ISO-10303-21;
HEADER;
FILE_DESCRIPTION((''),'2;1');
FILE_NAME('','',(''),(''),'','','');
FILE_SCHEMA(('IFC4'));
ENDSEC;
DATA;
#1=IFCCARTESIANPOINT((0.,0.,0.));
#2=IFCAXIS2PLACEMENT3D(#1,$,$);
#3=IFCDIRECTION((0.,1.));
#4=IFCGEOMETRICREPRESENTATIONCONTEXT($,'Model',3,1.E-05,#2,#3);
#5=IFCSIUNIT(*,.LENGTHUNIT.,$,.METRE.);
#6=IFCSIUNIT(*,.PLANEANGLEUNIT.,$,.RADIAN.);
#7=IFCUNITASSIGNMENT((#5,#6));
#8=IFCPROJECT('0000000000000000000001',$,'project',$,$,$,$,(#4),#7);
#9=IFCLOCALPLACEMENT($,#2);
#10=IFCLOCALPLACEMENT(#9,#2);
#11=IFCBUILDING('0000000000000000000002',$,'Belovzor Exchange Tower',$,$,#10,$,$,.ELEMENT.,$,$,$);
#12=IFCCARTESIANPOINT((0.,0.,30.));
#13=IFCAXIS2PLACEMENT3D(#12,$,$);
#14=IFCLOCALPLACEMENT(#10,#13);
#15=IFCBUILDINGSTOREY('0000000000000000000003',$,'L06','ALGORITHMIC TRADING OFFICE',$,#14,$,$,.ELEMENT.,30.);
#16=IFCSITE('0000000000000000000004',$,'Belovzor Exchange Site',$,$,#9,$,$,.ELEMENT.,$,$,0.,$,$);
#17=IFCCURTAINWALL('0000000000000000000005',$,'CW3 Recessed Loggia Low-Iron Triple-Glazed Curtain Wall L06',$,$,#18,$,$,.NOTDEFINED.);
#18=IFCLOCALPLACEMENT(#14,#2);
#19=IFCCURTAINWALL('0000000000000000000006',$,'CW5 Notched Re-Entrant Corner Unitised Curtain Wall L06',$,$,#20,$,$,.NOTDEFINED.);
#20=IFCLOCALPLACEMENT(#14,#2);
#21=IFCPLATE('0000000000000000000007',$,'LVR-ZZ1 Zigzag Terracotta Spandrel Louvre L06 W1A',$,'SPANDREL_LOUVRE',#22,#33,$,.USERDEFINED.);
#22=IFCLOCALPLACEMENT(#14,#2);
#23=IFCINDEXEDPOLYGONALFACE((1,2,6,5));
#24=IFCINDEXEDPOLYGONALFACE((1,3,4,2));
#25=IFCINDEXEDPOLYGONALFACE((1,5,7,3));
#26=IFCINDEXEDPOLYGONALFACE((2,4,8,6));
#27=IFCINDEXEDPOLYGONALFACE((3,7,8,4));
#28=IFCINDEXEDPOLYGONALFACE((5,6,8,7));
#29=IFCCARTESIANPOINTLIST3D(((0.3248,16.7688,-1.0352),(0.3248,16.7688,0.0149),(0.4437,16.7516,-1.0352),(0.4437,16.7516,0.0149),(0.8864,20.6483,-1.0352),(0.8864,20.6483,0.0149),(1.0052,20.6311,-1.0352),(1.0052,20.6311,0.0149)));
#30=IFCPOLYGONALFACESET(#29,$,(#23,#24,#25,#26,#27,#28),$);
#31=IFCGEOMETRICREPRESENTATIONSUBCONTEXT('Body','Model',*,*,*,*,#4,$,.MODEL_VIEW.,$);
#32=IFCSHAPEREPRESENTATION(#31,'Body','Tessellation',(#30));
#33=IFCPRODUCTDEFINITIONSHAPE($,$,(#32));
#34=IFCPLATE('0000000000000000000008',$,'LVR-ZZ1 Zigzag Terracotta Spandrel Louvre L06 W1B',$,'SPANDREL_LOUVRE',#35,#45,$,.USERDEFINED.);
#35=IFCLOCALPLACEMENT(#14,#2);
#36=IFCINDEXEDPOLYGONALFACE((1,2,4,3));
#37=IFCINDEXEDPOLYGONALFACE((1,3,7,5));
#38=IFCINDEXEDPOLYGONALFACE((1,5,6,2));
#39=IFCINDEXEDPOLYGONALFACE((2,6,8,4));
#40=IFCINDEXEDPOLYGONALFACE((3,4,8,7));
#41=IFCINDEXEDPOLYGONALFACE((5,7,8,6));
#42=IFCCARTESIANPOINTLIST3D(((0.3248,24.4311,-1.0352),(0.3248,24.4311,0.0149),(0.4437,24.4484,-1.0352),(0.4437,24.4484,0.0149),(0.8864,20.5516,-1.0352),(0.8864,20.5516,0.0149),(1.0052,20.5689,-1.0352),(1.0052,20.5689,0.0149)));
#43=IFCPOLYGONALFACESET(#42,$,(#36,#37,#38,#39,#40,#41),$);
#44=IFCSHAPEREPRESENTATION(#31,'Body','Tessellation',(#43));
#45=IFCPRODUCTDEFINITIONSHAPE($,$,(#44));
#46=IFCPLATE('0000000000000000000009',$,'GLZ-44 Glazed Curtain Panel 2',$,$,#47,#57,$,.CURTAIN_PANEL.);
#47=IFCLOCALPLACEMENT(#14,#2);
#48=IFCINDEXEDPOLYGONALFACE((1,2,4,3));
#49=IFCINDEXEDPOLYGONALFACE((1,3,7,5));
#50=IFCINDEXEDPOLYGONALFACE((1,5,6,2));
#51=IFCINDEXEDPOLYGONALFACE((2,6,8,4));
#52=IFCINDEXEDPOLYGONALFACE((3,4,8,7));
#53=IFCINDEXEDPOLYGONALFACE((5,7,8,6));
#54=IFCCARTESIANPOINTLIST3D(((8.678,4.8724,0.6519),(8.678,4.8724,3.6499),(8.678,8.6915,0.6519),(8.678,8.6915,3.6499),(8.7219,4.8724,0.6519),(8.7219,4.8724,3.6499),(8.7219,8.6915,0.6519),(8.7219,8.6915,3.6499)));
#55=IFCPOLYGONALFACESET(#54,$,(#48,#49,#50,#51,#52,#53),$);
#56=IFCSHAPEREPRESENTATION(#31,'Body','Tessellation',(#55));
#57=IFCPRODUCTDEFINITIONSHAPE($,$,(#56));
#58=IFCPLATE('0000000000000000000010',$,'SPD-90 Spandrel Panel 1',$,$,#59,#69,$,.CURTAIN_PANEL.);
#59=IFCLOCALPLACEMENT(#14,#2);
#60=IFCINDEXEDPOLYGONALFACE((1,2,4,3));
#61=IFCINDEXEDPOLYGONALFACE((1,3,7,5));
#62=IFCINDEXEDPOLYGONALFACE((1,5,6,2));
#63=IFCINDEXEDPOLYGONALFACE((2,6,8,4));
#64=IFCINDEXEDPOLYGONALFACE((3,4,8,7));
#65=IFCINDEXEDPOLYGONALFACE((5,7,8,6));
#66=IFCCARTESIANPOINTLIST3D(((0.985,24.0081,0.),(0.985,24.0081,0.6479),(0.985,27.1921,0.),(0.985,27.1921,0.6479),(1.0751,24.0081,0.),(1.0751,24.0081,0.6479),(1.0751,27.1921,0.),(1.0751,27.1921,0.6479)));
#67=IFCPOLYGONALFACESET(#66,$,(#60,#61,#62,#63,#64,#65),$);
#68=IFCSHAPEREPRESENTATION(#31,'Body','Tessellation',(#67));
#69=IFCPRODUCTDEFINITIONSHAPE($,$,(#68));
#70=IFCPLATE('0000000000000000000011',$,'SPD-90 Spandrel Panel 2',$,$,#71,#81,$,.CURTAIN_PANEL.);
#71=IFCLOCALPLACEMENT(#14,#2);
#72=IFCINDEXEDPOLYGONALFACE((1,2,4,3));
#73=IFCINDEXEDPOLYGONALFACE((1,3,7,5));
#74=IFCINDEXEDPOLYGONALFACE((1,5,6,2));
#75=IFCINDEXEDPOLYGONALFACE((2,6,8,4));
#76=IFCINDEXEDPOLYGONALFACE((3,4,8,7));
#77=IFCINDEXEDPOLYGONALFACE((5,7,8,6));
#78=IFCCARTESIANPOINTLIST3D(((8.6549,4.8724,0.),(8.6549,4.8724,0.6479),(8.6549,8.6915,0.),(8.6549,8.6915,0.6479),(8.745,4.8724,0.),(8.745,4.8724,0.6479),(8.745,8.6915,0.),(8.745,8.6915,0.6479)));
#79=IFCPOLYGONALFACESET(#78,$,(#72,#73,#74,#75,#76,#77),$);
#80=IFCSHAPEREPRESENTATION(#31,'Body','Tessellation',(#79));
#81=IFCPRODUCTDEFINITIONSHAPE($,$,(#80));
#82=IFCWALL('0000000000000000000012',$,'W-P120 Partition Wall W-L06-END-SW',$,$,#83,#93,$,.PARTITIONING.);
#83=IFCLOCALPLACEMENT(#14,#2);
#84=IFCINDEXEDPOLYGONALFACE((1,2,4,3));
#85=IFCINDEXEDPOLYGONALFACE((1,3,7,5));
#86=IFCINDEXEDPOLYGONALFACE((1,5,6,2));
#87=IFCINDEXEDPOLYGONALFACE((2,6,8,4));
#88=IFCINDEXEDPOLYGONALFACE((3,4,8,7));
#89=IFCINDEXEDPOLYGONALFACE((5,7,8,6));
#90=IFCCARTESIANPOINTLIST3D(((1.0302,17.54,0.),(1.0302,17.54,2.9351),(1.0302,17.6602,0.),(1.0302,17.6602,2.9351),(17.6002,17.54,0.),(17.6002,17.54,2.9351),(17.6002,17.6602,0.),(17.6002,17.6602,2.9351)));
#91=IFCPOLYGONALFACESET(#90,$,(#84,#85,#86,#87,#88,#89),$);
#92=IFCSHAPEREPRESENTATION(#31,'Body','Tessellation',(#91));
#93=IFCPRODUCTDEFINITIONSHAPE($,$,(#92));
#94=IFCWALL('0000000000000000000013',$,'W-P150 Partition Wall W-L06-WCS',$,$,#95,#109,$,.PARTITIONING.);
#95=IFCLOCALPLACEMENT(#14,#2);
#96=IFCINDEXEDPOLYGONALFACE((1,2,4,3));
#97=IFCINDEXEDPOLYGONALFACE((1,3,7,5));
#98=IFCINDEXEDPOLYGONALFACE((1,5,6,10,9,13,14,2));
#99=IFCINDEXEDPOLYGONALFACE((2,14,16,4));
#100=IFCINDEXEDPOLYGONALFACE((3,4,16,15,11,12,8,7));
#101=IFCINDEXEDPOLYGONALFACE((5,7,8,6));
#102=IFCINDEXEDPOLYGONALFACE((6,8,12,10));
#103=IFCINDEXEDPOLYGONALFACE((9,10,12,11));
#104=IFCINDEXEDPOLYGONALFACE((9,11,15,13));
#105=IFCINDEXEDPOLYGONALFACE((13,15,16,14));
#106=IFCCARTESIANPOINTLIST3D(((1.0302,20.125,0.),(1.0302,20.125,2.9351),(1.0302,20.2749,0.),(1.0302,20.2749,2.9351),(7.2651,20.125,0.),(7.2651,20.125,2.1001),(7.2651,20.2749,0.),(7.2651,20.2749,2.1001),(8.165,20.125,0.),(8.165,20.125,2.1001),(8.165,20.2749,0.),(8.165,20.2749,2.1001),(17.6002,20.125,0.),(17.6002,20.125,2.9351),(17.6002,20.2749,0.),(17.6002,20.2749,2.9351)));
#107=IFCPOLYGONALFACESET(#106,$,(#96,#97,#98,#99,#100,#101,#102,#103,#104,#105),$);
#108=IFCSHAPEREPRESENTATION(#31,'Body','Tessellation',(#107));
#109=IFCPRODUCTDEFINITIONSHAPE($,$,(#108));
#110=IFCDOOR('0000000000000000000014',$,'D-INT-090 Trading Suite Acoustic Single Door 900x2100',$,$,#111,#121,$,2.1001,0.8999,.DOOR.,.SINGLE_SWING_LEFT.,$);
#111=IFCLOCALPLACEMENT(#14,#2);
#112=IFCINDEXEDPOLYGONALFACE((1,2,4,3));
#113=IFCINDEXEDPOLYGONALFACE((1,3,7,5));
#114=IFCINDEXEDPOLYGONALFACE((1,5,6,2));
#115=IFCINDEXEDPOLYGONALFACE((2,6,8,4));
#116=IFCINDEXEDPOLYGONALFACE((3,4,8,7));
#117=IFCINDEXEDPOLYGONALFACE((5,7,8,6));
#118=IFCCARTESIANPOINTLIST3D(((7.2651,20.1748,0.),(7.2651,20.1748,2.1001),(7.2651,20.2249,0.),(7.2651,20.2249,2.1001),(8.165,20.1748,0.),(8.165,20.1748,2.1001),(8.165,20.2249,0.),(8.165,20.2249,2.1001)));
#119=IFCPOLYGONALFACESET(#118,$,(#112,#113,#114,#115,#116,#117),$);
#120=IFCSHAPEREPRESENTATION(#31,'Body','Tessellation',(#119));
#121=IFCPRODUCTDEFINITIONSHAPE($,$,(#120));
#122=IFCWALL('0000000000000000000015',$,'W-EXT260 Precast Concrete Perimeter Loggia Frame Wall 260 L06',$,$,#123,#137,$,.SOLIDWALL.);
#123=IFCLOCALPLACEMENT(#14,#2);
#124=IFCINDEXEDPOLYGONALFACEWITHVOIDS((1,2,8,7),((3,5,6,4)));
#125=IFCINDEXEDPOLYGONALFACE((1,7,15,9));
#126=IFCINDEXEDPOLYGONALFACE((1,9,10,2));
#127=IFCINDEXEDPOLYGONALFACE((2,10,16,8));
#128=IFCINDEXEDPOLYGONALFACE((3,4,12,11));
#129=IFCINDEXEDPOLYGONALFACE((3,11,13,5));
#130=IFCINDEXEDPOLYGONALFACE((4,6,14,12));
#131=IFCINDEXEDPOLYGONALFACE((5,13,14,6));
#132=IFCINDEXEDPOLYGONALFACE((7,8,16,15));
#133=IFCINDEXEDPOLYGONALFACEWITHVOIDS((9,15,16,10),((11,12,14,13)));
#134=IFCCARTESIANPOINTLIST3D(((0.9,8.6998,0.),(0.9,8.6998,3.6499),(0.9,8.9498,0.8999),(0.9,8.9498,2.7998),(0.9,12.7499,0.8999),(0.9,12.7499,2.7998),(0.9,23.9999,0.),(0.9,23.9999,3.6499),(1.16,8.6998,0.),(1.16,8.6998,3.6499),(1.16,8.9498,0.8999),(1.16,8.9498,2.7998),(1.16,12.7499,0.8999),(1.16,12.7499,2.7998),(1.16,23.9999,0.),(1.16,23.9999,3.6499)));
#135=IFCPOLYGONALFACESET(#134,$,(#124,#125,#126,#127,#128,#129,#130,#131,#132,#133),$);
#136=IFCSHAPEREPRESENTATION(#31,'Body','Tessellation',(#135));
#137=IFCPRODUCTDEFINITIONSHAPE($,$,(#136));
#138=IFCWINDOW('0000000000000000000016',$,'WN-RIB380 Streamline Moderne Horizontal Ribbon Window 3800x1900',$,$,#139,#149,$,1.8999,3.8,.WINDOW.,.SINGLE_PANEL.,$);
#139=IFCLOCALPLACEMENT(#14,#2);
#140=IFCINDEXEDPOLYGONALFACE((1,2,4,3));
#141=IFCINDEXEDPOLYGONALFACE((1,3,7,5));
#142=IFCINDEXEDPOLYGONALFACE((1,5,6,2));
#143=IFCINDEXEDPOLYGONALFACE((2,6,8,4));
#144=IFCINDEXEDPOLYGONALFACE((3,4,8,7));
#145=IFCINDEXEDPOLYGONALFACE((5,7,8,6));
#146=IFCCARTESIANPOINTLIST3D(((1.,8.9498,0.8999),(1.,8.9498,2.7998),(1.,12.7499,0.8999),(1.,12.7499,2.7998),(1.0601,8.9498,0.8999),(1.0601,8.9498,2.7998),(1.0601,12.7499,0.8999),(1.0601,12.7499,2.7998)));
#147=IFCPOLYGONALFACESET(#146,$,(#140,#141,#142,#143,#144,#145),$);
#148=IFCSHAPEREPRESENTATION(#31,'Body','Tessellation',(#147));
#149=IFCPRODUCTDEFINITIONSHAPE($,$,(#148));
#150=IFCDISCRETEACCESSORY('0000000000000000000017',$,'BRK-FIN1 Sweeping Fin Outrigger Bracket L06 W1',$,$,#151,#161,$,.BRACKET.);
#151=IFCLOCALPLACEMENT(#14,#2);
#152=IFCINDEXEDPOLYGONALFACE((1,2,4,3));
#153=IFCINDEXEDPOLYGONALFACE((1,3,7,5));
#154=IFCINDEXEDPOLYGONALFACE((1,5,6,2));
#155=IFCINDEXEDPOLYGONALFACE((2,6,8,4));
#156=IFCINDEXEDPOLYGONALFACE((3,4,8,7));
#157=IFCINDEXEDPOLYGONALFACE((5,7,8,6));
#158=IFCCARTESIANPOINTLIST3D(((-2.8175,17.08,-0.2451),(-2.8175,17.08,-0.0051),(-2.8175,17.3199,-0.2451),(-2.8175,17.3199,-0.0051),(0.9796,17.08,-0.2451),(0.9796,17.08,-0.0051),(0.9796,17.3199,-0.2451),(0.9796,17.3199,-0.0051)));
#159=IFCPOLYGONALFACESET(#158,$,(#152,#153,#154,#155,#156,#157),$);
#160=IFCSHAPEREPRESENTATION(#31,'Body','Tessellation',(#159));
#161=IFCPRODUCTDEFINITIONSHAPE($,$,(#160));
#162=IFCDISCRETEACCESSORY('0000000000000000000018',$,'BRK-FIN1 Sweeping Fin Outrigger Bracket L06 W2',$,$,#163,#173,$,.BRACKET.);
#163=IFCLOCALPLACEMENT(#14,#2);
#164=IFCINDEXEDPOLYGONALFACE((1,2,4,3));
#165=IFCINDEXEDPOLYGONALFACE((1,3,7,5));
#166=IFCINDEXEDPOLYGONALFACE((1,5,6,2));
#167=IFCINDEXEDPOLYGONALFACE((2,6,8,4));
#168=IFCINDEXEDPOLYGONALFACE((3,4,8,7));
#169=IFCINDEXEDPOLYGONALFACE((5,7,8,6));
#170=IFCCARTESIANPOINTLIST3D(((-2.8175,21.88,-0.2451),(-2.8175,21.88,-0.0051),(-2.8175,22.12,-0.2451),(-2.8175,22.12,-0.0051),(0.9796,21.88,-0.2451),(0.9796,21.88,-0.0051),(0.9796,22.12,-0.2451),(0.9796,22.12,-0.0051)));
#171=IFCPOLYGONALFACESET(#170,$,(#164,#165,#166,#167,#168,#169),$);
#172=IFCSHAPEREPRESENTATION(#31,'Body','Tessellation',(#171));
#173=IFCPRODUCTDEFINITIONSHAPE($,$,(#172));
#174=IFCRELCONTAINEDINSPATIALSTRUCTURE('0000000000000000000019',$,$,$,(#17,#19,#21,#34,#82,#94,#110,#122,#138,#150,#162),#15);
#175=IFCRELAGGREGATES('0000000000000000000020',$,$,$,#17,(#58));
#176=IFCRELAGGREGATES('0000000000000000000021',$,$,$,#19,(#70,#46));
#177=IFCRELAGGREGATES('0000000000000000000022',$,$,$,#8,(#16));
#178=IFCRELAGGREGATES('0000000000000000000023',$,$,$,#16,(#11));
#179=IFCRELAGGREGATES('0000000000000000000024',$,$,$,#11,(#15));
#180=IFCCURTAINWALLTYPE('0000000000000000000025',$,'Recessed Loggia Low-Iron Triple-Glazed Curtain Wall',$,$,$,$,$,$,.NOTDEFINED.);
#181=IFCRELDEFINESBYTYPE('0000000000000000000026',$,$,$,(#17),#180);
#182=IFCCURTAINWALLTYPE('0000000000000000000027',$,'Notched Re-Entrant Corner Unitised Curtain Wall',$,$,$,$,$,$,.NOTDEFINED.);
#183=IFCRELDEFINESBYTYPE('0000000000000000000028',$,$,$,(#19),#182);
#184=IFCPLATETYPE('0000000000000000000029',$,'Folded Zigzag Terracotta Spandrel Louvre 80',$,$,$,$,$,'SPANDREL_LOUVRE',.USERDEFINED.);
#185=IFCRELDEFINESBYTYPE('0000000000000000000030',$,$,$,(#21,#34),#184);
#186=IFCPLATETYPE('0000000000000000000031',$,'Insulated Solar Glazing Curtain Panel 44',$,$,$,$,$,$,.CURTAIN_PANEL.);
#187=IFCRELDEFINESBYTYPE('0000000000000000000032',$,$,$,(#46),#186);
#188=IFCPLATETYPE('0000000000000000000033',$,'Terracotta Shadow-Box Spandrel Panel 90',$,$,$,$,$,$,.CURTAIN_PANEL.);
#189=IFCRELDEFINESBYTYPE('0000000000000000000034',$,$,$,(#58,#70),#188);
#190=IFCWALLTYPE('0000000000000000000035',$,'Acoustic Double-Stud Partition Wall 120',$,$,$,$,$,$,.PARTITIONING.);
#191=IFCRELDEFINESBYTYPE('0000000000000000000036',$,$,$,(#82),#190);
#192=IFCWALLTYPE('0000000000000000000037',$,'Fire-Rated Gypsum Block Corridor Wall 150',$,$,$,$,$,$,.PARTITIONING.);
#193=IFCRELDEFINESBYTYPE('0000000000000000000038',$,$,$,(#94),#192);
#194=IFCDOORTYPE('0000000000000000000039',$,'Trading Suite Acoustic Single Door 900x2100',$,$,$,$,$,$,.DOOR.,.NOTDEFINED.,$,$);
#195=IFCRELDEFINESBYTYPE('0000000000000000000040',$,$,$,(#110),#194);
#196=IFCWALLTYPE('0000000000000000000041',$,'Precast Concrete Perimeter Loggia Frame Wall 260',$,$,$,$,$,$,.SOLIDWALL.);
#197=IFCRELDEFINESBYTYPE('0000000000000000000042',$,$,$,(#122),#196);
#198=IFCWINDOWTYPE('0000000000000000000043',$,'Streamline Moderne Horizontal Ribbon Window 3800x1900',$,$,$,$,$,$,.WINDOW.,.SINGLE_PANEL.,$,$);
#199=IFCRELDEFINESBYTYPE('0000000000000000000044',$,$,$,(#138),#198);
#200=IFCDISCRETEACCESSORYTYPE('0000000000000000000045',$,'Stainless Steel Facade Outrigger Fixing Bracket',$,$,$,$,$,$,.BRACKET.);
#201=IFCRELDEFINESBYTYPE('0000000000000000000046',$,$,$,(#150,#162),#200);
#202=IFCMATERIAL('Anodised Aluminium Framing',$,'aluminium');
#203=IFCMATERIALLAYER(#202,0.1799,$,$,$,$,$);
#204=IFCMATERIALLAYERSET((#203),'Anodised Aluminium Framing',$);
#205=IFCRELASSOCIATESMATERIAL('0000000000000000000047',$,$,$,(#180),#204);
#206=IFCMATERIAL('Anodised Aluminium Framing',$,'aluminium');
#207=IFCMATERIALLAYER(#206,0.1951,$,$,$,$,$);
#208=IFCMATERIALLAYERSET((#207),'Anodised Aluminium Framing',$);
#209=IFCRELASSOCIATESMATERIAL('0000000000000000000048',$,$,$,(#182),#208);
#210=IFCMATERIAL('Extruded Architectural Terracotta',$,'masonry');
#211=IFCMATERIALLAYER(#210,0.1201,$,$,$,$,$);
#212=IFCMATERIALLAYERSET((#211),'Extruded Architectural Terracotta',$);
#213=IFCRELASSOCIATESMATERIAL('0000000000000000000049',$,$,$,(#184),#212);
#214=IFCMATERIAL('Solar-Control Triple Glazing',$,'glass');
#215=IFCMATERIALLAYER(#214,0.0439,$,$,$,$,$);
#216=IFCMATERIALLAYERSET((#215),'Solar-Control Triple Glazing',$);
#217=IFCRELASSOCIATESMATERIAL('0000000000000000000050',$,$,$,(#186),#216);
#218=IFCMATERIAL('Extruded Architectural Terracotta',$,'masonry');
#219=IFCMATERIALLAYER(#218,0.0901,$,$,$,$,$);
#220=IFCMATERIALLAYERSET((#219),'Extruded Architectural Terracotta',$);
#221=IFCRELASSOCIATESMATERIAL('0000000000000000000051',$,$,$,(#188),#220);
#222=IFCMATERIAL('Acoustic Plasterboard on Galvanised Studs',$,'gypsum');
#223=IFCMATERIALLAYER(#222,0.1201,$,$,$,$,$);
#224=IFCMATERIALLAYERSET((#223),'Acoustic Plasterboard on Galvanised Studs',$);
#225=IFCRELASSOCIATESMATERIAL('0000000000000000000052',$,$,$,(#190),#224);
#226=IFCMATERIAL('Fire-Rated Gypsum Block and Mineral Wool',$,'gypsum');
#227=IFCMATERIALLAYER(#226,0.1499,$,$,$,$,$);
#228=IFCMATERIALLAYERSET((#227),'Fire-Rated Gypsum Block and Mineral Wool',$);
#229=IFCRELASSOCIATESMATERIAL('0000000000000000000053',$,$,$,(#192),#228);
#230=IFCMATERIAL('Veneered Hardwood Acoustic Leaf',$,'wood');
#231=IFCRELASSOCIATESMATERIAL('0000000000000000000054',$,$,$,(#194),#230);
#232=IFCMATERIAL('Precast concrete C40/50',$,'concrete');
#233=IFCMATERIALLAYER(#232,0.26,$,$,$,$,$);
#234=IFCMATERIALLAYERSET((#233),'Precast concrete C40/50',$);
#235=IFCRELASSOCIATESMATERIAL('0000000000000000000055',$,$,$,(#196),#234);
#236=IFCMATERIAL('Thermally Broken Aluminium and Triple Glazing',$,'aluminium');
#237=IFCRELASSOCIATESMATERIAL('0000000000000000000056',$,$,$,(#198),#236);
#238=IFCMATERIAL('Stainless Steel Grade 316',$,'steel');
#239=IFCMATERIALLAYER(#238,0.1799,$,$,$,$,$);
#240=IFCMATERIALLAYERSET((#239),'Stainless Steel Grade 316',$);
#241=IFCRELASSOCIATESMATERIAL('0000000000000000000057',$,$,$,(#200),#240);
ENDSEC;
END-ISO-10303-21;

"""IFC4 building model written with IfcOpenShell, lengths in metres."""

from ifc_helpers import new_model, si_unit, direction, frame, frame_2d, origin, origin_2d, place, context, subcontext, project, spatial, rectangle, extrude, material, layer, layer_set, type_object, element, fill, aggregate, save


model = new_model("IFC4")

# Units and contexts
model_context = context("Model", 3, precision=1e-05, world=origin(), true_north=direction((0.0, 1.0)))
body_context = subcontext(model_context, "Body", "Model", "MODEL_VIEW")
ifc_project = project(units=[si_unit("LENGTHUNIT", "METRE"), si_unit("PLANEANGLEUNIT", "RADIAN")], contexts=[model_context])

# Site, building, storey
site_placement = place(None, origin())
site = spatial("IfcSite", under=ifc_project, at=site_placement, Name="Belovzor Exchange Site", CompositionType="ELEMENT", RefElevation=0.0)
building_placement = place(site_placement, origin())
building = spatial("IfcBuilding", under=site, at=building_placement, Name="Belovzor Exchange Tower", CompositionType="ELEMENT")
storey_placement = place(building_placement, frame((0.0, 0.0, 30.0)))
storey = spatial("IfcBuildingStorey", under=building, at=storey_placement, Name="L06", Description="ALGORITHMIC TRADING OFFICE", CompositionType="ELEMENT", Elevation=30.0)

# Curtain wall
ifc_material_1 = material(Name="Anodised Aluminium Framing", Category="aluminium")
ifc_layer_1 = layer(ifc_material_1, 0.1799)
ifc_layer_set_1 = layer_set([ifc_layer_1], Name="Anodised Aluminium Framing")
curtain_wall_type_1 = type_object("IfcCurtainWallType", Name="Recessed Loggia Low-Iron Triple-Glazed Curtain Wall", PredefinedType="NOTDEFINED", material=ifc_layer_set_1)
curtain_wall_1_placement = place(storey_placement, origin())
curtain_wall_1 = element("IfcCurtainWall", 1, at=curtain_wall_1_placement, inside=storey, type_object=curtain_wall_type_1, Name="CW3 Recessed Loggia Low-Iron Triple-Glazed Curtain Wall L06", PredefinedType="NOTDEFINED")

# Curtain wall
ifc_material_2 = material(Name="Anodised Aluminium Framing", Category="aluminium")
ifc_layer_2 = layer(ifc_material_2, 0.1951)
ifc_layer_set_2 = layer_set([ifc_layer_2], Name="Anodised Aluminium Framing")
curtain_wall_type_2 = type_object("IfcCurtainWallType", Name="Notched Re-Entrant Corner Unitised Curtain Wall", PredefinedType="NOTDEFINED", material=ifc_layer_set_2)
curtain_wall_2_placement = place(storey_placement, origin())
curtain_wall_2 = element("IfcCurtainWall", 2, at=curtain_wall_2_placement, inside=storey, type_object=curtain_wall_type_2, Name="CW5 Notched Re-Entrant Corner Unitised Curtain Wall L06", PredefinedType="NOTDEFINED")

# Plates
ifc_material_3 = material(Name="Extruded Architectural Terracotta", Category="masonry")
ifc_layer_3 = layer(ifc_material_3, 0.1201)
ifc_layer_set_3 = layer_set([ifc_layer_3], Name="Extruded Architectural Terracotta")
plate_type_1 = type_object("IfcPlateType", Name="Folded Zigzag Terracotta Spandrel Louvre 80", ElementType="SPANDREL_LOUVRE", PredefinedType="USERDEFINED", material=ifc_layer_set_3)
for number, where, z_axis, x_axis, name in (
    (3, (0.665, 18.7, -1.0352), (0.0, 0.0, 1.0), (0.143251, 0.989686, 0.0), "LVR-ZZ1 Zigzag Terracotta Spandrel Louvre L06 W1A"),
    (4, (0.665, 22.5, -1.0352), (0.0, 0.0, 1.0), (-0.143251, 0.989686, 0.0), "LVR-ZZ1 Zigzag Terracotta Spandrel Louvre L06 W1B"),
):
    element("IfcPlate", number, at=place(storey_placement, frame(where, z_axis=z_axis, x_axis=x_axis)), inside=storey, type_object=plate_type_1, Name=name, ObjectType="SPANDREL_LOUVRE", PredefinedType="USERDEFINED", context=body_context, shape_type="SweptSolid", body=[
        extrude(rectangle(XDim=3.9199, YDim=0.1201, at=origin_2d()), origin(), (0.0, 0.0, 1.0), 1.05),
    ])

# Plates
ifc_material_4 = material(Name="Solar-Control Triple Glazing", Category="glass")
ifc_layer_4 = layer(ifc_material_4, 0.0439)
ifc_layer_set_4 = layer_set([ifc_layer_4], Name="Solar-Control Triple Glazing")
plate_type_2 = type_object("IfcPlateType", Name="Insulated Solar Glazing Curtain Panel 44", PredefinedType="CURTAIN_PANEL", material=ifc_layer_set_4)
plate_1_placement = place(storey_placement, frame((8.7, 6.782, 0.6519), z_axis=(0.0, 0.0, 1.0), x_axis=(0.0, 1.0, 0.0)))
plate_1 = element("IfcPlate", 5, at=plate_1_placement, type_object=plate_type_2, Name="GLZ-44 Glazed Curtain Panel 2", PredefinedType="CURTAIN_PANEL", context=body_context, shape_type="SweptSolid", body=[
    extrude(rectangle(XDim=3.8191, YDim=0.0439, at=origin_2d()), origin(), (0.0, 0.0, 1.0), 2.998),
])
ifc_material_5 = material(Name="Extruded Architectural Terracotta", Category="masonry")
ifc_layer_5 = layer(ifc_material_5, 0.0901)
ifc_layer_set_5 = layer_set([ifc_layer_5], Name="Extruded Architectural Terracotta")
plate_type_3 = type_object("IfcPlateType", Name="Terracotta Shadow-Box Spandrel Panel 90", PredefinedType="CURTAIN_PANEL", material=ifc_layer_set_5)
plate_2_placement = place(storey_placement, frame((1.03, 25.6001, 0.0), z_axis=(0.0, 0.0, 1.0), x_axis=(0.0, 1.0, 0.0)))
plate_2 = element("IfcPlate", 6, at=plate_2_placement, type_object=plate_type_3, Name="SPD-90 Spandrel Panel 1", PredefinedType="CURTAIN_PANEL", context=body_context, shape_type="SweptSolid", body=[
    extrude(rectangle(XDim=3.1841, YDim=0.0901, at=origin_2d()), origin(), (0.0, 0.0, 1.0), 0.6479),
])
aggregate(curtain_wall_1, [plate_2])
plate_3_placement = place(storey_placement, frame((8.7, 6.782, 0.0), z_axis=(0.0, 0.0, 1.0), x_axis=(0.0, 1.0, 0.0)))
plate_3 = element("IfcPlate", 7, at=plate_3_placement, type_object=plate_type_3, Name="SPD-90 Spandrel Panel 2", PredefinedType="CURTAIN_PANEL", context=body_context, shape_type="SweptSolid", body=[
    extrude(rectangle(XDim=3.8191, YDim=0.0901, at=origin_2d()), origin(), (0.0, 0.0, 1.0), 0.6479),
])
aggregate(curtain_wall_2, [plate_3, plate_1])

# Wall
ifc_material_6 = material(Name="Acoustic Plasterboard on Galvanised Studs", Category="gypsum")
ifc_layer_6 = layer(ifc_material_6, 0.1201)
ifc_layer_set_6 = layer_set([ifc_layer_6], Name="Acoustic Plasterboard on Galvanised Studs")
wall_type_1 = type_object("IfcWallType", Name="Acoustic Double-Stud Partition Wall 120", PredefinedType="PARTITIONING", material=ifc_layer_set_6)
wall_1_placement = place(storey_placement, frame((1.03, 17.6001, 0.0), z_axis=(0.0, 0.0, 1.0), x_axis=(1.0, 0.0, 0.0)))
element("IfcWall", 8, at=wall_1_placement, inside=storey, type_object=wall_type_1, Name="W-P120 Partition Wall W-L06-END-SW", PredefinedType="PARTITIONING", context=body_context, shape_type="SweptSolid", body=[
    extrude(rectangle(XDim=16.5701, YDim=0.1201, at=frame_2d((8.2852, 0.0))), origin(), (0.0, 0.0, 1.0), 2.9351),
])

# Wall, opening, door
ifc_material_7 = material(Name="Fire-Rated Gypsum Block and Mineral Wool", Category="gypsum")
ifc_layer_7 = layer(ifc_material_7, 0.1499)
ifc_layer_set_7 = layer_set([ifc_layer_7], Name="Fire-Rated Gypsum Block and Mineral Wool")
wall_type_2 = type_object("IfcWallType", Name="Fire-Rated Gypsum Block Corridor Wall 150", PredefinedType="PARTITIONING", material=ifc_layer_set_7)
wall_2_placement = place(storey_placement, frame((1.03, 20.2, 0.0), z_axis=(0.0, 0.0, 1.0), x_axis=(1.0, 0.0, 0.0)))
wall_2 = element("IfcWall", 9, at=wall_2_placement, inside=storey, type_object=wall_type_2, Name="W-P150 Partition Wall W-L06-WCS", PredefinedType="PARTITIONING", context=body_context, shape_type="SweptSolid", body=[
    extrude(rectangle(XDim=16.5701, YDim=0.1499, at=frame_2d((8.2852, 0.0))), origin(), (0.0, 0.0, 1.0), 2.9351),
])
opening_1_placement = place(wall_2_placement, frame((6.2351, 0.0, 0.0)))
opening_1 = element("IfcOpeningElement", 10, at=opening_1_placement, cuts=wall_2, PredefinedType="OPENING", context=body_context, shape_type="SweptSolid", body=[
    extrude(rectangle(XDim=0.8999, YDim=2.1001, at=frame_2d((0.45, 1.05))), frame((0.0, 0.085, 0.0), z_axis=(0.0, -1.0, 0.0), x_axis=(1.0, 0.0, 0.0)), (0.0, 0.0, 1.0), 0.1699),
])
ifc_material_8 = material(Name="Veneered Hardwood Acoustic Leaf", Category="wood")
door_type = type_object("IfcDoorType", Name="Trading Suite Acoustic Single Door 900x2100", OperationType="NOTDEFINED", PredefinedType="DOOR", material=ifc_material_8)
door_placement = place(opening_1_placement, origin())
door = element("IfcDoor", 11, at=door_placement, inside=storey, type_object=door_type, Name="D-INT-090 Trading Suite Acoustic Single Door 900x2100", OperationType="SINGLE_SWING_LEFT", OverallHeight=2.1001, OverallWidth=0.8999, PredefinedType="DOOR", context=body_context, shape_type="SweptSolid", body=[
    extrude(rectangle(XDim=0.8999, YDim=2.1001, at=frame_2d((0.45, 1.05))), frame((0.0, 0.0249, 0.0), z_axis=(0.0, -1.0, 0.0), x_axis=(1.0, 0.0, 0.0)), (0.0, 0.0, 1.0), 0.05),
])
fill(opening_1, door)

# Wall, opening, window
ifc_material_9 = material(Name="Precast concrete C40/50", Category="concrete")
ifc_layer_8 = layer(ifc_material_9, 0.26)
ifc_layer_set_8 = layer_set([ifc_layer_8], Name="Precast concrete C40/50")
wall_type_3 = type_object("IfcWallType", Name="Precast Concrete Perimeter Loggia Frame Wall 260", PredefinedType="SOLIDWALL", material=ifc_layer_set_8)
wall_3_placement = place(storey_placement, frame((1.03, 8.7, 0.0), z_axis=(0.0, 0.0, 1.0), x_axis=(0.0, 1.0, 0.0)))
wall_3 = element("IfcWall", 12, at=wall_3_placement, inside=storey, type_object=wall_type_3, Name="W-EXT260 Precast Concrete Perimeter Loggia Frame Wall 260 L06", PredefinedType="SOLIDWALL", context=body_context, shape_type="SweptSolid", body=[
    extrude(rectangle(XDim=15.3, YDim=0.26, at=frame_2d((7.6499, 0.0))), origin(), (0.0, 0.0, 1.0), 3.6499),
])
opening_2_placement = place(wall_3_placement, frame((0.25, 0.0, 0.8999)))
opening_2 = element("IfcOpeningElement", 13, at=opening_2_placement, cuts=wall_3, PredefinedType="OPENING", context=body_context, shape_type="SweptSolid", body=[
    extrude(rectangle(XDim=3.8, YDim=1.8999, at=frame_2d((1.8999, 0.95))), frame((0.0, 0.1399, 0.0), z_axis=(0.0, -1.0, 0.0), x_axis=(1.0, 0.0, 0.0)), (0.0, 0.0, 1.0), 0.28),
])
ifc_material_10 = material(Name="Thermally Broken Aluminium and Triple Glazing", Category="aluminium")
window_type = type_object("IfcWindowType", Name="Streamline Moderne Horizontal Ribbon Window 3800x1900", PartitioningType="SINGLE_PANEL", PredefinedType="WINDOW", material=ifc_material_10)
window_placement = place(opening_2_placement, origin())
window = element("IfcWindow", 14, at=window_placement, inside=storey, type_object=window_type, Name="WN-RIB380 Streamline Moderne Horizontal Ribbon Window 3800x1900", OverallHeight=1.8999, OverallWidth=3.8, PartitioningType="SINGLE_PANEL", PredefinedType="WINDOW", context=body_context, shape_type="SweptSolid", body=[
    extrude(rectangle(XDim=3.8, YDim=1.8999, at=frame_2d((1.8999, 0.95))), frame((0.0, 0.03, 0.0), z_axis=(0.0, -1.0, 0.0), x_axis=(1.0, 0.0, 0.0)), (0.0, 0.0, 1.0), 0.0601),
])
fill(opening_2, window)

# Discrete accessories
ifc_material_11 = material(Name="Stainless Steel Grade 316", Category="steel")
ifc_layer_9 = layer(ifc_material_11, 0.1799)
ifc_layer_set_9 = layer_set([ifc_layer_9], Name="Stainless Steel Grade 316")
discrete_accessory_type = type_object("IfcDiscreteAccessoryType", Name="Stainless Steel Facade Outrigger Fixing Bracket", PredefinedType="BRACKET", material=ifc_layer_set_9)
for number, where, z_axis, x_axis, name in (
    (15, (-0.9189, 17.2, -0.2451), (0.0, 0.0, 1.0), (1.0, 0.0, 0.0), "BRK-FIN1 Sweeping Fin Outrigger Bracket L06 W1"),
    (16, (-0.9189, 22.0, -0.2451), (0.0, 0.0, 1.0), (1.0, 0.0, 0.0), "BRK-FIN1 Sweeping Fin Outrigger Bracket L06 W2"),
):
    element("IfcDiscreteAccessory", number, at=place(storey_placement, frame(where, z_axis=z_axis, x_axis=x_axis)), inside=storey, type_object=discrete_accessory_type, Name=name, PredefinedType="BRACKET", context=body_context, shape_type="SweptSolid", body=[
        extrude(rectangle(XDim=3.7971, YDim=0.24, at=origin_2d()), origin(), (0.0, 0.0, 1.0), 0.24),
    ])

save(model, "model.ifc")
